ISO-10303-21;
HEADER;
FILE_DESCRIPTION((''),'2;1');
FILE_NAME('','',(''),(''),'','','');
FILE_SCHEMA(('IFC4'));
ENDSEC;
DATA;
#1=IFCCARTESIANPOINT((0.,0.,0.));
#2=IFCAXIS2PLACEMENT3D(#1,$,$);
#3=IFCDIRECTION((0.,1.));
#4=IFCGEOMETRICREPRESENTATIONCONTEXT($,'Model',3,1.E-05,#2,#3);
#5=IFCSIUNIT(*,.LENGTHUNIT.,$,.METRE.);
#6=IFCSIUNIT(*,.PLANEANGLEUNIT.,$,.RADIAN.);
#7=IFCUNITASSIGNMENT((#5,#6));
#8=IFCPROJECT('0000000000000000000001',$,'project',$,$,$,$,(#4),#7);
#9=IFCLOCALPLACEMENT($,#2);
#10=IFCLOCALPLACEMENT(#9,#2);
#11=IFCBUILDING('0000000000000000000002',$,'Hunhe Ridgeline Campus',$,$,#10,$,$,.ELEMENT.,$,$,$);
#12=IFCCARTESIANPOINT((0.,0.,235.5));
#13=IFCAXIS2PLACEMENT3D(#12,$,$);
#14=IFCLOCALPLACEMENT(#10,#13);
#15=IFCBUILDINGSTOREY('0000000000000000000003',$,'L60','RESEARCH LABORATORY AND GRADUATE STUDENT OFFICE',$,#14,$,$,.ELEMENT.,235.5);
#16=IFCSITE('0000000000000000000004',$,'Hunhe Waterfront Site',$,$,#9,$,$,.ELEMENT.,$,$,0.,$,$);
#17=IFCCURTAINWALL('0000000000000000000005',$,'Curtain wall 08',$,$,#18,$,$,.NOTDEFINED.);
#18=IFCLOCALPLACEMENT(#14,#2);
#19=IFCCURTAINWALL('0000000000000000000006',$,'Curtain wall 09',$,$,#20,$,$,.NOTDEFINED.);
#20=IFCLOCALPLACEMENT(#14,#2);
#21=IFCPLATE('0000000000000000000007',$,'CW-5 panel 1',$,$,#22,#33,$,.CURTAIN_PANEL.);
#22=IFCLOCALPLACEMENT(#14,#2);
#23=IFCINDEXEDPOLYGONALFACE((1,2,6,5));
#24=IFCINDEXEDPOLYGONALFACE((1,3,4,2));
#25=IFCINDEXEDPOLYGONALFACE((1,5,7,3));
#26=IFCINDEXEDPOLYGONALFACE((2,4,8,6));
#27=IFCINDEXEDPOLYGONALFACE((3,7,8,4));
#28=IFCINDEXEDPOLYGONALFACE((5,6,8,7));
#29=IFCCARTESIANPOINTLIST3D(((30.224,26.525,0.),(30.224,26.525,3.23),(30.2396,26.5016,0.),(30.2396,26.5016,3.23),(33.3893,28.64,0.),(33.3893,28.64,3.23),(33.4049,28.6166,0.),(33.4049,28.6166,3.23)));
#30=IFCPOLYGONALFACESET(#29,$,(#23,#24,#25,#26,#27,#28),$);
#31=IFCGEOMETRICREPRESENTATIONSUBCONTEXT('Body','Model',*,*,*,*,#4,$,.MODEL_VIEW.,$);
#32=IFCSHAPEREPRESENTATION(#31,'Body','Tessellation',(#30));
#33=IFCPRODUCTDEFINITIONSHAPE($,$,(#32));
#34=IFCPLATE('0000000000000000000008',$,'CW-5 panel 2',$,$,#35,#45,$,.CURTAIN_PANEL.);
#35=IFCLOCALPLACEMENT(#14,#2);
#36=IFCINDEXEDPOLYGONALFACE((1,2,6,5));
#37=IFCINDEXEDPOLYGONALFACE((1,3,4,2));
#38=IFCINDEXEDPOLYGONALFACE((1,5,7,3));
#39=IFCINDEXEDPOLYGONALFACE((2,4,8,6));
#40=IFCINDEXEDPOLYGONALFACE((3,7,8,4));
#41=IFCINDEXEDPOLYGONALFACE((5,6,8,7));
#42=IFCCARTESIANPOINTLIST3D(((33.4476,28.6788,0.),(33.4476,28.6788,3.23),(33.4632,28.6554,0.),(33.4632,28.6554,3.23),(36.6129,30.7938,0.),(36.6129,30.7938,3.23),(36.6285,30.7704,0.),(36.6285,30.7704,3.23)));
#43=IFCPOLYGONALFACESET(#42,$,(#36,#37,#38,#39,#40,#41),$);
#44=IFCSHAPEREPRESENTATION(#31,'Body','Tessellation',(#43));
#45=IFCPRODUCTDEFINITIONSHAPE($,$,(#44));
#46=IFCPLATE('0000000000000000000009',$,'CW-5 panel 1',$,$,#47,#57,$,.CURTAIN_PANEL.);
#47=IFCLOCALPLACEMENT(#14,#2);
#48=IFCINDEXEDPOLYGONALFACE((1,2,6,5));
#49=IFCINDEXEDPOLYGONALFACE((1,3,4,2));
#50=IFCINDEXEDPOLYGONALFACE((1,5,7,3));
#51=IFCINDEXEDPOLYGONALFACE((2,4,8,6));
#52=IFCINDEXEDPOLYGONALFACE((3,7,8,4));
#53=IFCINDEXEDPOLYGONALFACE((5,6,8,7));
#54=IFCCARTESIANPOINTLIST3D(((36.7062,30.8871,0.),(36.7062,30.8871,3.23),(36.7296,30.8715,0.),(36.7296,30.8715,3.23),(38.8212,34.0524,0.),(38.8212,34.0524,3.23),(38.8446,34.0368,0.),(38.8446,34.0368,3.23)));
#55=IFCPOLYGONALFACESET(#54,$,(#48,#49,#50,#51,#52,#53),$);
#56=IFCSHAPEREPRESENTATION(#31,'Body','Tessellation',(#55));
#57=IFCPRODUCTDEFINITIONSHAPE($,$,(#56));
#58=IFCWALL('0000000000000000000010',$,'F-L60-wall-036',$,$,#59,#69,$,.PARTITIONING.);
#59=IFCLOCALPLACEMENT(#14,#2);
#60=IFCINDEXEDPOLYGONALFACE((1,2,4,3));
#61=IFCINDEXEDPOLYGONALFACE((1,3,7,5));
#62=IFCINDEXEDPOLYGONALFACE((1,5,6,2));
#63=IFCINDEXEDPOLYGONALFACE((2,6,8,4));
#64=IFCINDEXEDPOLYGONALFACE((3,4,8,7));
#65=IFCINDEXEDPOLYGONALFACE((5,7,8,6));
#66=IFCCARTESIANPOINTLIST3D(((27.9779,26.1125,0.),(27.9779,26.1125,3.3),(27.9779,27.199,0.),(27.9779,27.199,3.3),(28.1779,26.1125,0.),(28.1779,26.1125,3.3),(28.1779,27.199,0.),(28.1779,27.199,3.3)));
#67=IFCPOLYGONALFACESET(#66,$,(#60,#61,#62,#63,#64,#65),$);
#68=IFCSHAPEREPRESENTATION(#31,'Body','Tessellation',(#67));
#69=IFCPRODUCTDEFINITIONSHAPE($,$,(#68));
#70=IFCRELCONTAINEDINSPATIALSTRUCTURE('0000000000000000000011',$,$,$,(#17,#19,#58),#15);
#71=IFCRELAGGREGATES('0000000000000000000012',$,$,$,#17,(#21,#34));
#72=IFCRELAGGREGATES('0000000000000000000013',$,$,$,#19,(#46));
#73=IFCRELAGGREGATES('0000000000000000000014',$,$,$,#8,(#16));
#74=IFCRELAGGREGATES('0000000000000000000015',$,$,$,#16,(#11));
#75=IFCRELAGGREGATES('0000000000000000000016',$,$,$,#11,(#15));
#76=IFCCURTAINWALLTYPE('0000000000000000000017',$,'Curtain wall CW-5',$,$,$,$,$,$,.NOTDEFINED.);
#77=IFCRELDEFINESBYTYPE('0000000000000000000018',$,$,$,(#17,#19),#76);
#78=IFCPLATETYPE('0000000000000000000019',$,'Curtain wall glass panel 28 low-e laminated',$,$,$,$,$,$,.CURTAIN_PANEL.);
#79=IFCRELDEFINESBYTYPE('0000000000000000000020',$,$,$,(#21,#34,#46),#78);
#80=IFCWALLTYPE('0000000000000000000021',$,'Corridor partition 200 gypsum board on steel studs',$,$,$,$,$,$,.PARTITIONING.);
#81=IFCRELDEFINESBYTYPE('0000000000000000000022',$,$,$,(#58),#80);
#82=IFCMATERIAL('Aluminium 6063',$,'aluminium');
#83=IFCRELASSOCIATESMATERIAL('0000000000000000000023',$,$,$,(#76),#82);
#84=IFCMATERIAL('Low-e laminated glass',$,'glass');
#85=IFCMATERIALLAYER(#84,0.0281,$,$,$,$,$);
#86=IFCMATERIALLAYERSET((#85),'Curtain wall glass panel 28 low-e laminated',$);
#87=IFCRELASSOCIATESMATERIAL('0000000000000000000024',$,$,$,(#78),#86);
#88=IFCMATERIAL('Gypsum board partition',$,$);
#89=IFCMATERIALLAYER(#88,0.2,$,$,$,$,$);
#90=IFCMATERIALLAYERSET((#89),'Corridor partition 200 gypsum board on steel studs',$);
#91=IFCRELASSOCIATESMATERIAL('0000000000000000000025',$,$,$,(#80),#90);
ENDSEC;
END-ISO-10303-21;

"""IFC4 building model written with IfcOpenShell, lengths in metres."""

from ifc_helpers import new_model, si_unit, direction, frame, frame_2d, origin, origin_2d, place, context, subcontext, project, spatial, rectangle, extrude, material, layer, layer_set, type_object, element, aggregate, save


model = new_model("IFC4")

# Units and contexts
model_context = context("Model", 3, precision=1e-05, world=origin(), true_north=direction((0.0, 1.0)))
body_context = subcontext(model_context, "Body", "Model", "MODEL_VIEW")
ifc_project = project(units=[si_unit("LENGTHUNIT", "METRE"), si_unit("PLANEANGLEUNIT", "RADIAN")], contexts=[model_context])

# Site, building, storey
site_placement = place(None, origin())
site = spatial("IfcSite", under=ifc_project, at=site_placement, Name="Hunhe Waterfront Site", CompositionType="ELEMENT", RefElevation=0.0)
building_placement = place(site_placement, origin())
building = spatial("IfcBuilding", under=site, at=building_placement, Name="Hunhe Ridgeline Campus", CompositionType="ELEMENT")
storey_placement = place(building_placement, frame((0.0, 0.0, 235.5)))
storey = spatial("IfcBuildingStorey", under=building, at=storey_placement, Name="L60", Description="RESEARCH LABORATORY AND GRADUATE STUDENT OFFICE", CompositionType="ELEMENT", Elevation=235.5)

# Curtain wall
ifc_material_1 = material(Name="Aluminium 6063", Category="aluminium")
curtain_wall_type = type_object("IfcCurtainWallType", Name="Curtain wall CW-5", PredefinedType="NOTDEFINED", material=ifc_material_1)
curtain_wall_1_placement = place(storey_placement, origin())
curtain_wall_1 = element("IfcCurtainWall", 1, at=curtain_wall_1_placement, inside=storey, type_object=curtain_wall_type, Name="Curtain wall 08", PredefinedType="NOTDEFINED")

# Curtain wall
curtain_wall_2_placement = place(storey_placement, origin())
curtain_wall_2 = element("IfcCurtainWall", 2, at=curtain_wall_2_placement, inside=storey, type_object=curtain_wall_type, Name="Curtain wall 09", PredefinedType="NOTDEFINED")

# Plates
ifc_material_2 = material(Name="Low-e laminated glass", Category="glass")
ifc_layer_1 = layer(ifc_material_2, 0.0281)
ifc_layer_set_1 = layer_set([ifc_layer_1], Name="Curtain wall glass panel 28 low-e laminated")
plate_type = type_object("IfcPlateType", Name="Curtain wall glass panel 28 low-e laminated", PredefinedType="CURTAIN_PANEL", material=ifc_layer_set_1)
plate_1_placement = place(storey_placement, frame((31.8145, 27.5708, 0.0), z_axis=(0.0, 0.0, 1.0), x_axis=(0.83147, 0.55557, 0.0)))
plate_1 = element("IfcPlate", 3, at=plate_1_placement, type_object=plate_type, Name="CW-5 panel 1", PredefinedType="CURTAIN_PANEL", context=body_context, shape_type="SweptSolid", body=[
    extrude(rectangle(XDim=3.8069, YDim=0.0281, at=origin_2d()), origin(), (0.0, 0.0, 1.0), 3.23),
])
plate_2_placement = place(storey_placement, frame((35.0381, 29.7246, 0.0), z_axis=(0.0, 0.0, 1.0), x_axis=(0.83147, 0.55557, 0.0)))
plate_2 = element("IfcPlate", 4, at=plate_2_placement, type_object=plate_type, Name="CW-5 panel 2", PredefinedType="CURTAIN_PANEL", context=body_context, shape_type="SweptSolid", body=[
    extrude(rectangle(XDim=3.8069, YDim=0.0281, at=origin_2d()), origin(), (0.0, 0.0, 1.0), 3.23),
])
aggregate(curtain_wall_1, [plate_1, plate_2])
plate_3_placement = place(storey_placement, frame((37.7754, 32.4619, 0.0), z_axis=(0.0, 0.0, 1.0), x_axis=(0.55557, 0.83147, 0.0)))
plate_3 = element("IfcPlate", 5, at=plate_3_placement, type_object=plate_type, Name="CW-5 panel 1", PredefinedType="CURTAIN_PANEL", context=body_context, shape_type="SweptSolid", body=[
    extrude(rectangle(XDim=3.8069, YDim=0.0281, at=origin_2d()), origin(), (0.0, 0.0, 1.0), 3.23),
])
aggregate(curtain_wall_2, [plate_3])

# Wall
ifc_material_3 = material(Name="Gypsum board partition")
ifc_layer_2 = layer(ifc_material_3, 0.2)
ifc_layer_set_2 = layer_set([ifc_layer_2], Name="Corridor partition 200 gypsum board on steel studs")
wall_type = type_object("IfcWallType", Name="Corridor partition 200 gypsum board on steel studs", PredefinedType="PARTITIONING", material=ifc_layer_set_2)
wall_1_placement = place(storey_placement, frame((28.0779, 27.199, 0.0), z_axis=(0.0, 0.0, 1.0), x_axis=(0.0, -1.0, 0.0)))
element("IfcWall", 6, at=wall_1_placement, inside=storey, type_object=wall_type, Name="F-L60-wall-036", PredefinedType="PARTITIONING", context=body_context, shape_type="SweptSolid", body=[
    extrude(rectangle(XDim=1.0864, YDim=0.2, at=frame_2d((0.5432, 0.0))), origin(), (0.0, 0.0, 1.0), 3.3),
])

save(model, "model.ifc")
